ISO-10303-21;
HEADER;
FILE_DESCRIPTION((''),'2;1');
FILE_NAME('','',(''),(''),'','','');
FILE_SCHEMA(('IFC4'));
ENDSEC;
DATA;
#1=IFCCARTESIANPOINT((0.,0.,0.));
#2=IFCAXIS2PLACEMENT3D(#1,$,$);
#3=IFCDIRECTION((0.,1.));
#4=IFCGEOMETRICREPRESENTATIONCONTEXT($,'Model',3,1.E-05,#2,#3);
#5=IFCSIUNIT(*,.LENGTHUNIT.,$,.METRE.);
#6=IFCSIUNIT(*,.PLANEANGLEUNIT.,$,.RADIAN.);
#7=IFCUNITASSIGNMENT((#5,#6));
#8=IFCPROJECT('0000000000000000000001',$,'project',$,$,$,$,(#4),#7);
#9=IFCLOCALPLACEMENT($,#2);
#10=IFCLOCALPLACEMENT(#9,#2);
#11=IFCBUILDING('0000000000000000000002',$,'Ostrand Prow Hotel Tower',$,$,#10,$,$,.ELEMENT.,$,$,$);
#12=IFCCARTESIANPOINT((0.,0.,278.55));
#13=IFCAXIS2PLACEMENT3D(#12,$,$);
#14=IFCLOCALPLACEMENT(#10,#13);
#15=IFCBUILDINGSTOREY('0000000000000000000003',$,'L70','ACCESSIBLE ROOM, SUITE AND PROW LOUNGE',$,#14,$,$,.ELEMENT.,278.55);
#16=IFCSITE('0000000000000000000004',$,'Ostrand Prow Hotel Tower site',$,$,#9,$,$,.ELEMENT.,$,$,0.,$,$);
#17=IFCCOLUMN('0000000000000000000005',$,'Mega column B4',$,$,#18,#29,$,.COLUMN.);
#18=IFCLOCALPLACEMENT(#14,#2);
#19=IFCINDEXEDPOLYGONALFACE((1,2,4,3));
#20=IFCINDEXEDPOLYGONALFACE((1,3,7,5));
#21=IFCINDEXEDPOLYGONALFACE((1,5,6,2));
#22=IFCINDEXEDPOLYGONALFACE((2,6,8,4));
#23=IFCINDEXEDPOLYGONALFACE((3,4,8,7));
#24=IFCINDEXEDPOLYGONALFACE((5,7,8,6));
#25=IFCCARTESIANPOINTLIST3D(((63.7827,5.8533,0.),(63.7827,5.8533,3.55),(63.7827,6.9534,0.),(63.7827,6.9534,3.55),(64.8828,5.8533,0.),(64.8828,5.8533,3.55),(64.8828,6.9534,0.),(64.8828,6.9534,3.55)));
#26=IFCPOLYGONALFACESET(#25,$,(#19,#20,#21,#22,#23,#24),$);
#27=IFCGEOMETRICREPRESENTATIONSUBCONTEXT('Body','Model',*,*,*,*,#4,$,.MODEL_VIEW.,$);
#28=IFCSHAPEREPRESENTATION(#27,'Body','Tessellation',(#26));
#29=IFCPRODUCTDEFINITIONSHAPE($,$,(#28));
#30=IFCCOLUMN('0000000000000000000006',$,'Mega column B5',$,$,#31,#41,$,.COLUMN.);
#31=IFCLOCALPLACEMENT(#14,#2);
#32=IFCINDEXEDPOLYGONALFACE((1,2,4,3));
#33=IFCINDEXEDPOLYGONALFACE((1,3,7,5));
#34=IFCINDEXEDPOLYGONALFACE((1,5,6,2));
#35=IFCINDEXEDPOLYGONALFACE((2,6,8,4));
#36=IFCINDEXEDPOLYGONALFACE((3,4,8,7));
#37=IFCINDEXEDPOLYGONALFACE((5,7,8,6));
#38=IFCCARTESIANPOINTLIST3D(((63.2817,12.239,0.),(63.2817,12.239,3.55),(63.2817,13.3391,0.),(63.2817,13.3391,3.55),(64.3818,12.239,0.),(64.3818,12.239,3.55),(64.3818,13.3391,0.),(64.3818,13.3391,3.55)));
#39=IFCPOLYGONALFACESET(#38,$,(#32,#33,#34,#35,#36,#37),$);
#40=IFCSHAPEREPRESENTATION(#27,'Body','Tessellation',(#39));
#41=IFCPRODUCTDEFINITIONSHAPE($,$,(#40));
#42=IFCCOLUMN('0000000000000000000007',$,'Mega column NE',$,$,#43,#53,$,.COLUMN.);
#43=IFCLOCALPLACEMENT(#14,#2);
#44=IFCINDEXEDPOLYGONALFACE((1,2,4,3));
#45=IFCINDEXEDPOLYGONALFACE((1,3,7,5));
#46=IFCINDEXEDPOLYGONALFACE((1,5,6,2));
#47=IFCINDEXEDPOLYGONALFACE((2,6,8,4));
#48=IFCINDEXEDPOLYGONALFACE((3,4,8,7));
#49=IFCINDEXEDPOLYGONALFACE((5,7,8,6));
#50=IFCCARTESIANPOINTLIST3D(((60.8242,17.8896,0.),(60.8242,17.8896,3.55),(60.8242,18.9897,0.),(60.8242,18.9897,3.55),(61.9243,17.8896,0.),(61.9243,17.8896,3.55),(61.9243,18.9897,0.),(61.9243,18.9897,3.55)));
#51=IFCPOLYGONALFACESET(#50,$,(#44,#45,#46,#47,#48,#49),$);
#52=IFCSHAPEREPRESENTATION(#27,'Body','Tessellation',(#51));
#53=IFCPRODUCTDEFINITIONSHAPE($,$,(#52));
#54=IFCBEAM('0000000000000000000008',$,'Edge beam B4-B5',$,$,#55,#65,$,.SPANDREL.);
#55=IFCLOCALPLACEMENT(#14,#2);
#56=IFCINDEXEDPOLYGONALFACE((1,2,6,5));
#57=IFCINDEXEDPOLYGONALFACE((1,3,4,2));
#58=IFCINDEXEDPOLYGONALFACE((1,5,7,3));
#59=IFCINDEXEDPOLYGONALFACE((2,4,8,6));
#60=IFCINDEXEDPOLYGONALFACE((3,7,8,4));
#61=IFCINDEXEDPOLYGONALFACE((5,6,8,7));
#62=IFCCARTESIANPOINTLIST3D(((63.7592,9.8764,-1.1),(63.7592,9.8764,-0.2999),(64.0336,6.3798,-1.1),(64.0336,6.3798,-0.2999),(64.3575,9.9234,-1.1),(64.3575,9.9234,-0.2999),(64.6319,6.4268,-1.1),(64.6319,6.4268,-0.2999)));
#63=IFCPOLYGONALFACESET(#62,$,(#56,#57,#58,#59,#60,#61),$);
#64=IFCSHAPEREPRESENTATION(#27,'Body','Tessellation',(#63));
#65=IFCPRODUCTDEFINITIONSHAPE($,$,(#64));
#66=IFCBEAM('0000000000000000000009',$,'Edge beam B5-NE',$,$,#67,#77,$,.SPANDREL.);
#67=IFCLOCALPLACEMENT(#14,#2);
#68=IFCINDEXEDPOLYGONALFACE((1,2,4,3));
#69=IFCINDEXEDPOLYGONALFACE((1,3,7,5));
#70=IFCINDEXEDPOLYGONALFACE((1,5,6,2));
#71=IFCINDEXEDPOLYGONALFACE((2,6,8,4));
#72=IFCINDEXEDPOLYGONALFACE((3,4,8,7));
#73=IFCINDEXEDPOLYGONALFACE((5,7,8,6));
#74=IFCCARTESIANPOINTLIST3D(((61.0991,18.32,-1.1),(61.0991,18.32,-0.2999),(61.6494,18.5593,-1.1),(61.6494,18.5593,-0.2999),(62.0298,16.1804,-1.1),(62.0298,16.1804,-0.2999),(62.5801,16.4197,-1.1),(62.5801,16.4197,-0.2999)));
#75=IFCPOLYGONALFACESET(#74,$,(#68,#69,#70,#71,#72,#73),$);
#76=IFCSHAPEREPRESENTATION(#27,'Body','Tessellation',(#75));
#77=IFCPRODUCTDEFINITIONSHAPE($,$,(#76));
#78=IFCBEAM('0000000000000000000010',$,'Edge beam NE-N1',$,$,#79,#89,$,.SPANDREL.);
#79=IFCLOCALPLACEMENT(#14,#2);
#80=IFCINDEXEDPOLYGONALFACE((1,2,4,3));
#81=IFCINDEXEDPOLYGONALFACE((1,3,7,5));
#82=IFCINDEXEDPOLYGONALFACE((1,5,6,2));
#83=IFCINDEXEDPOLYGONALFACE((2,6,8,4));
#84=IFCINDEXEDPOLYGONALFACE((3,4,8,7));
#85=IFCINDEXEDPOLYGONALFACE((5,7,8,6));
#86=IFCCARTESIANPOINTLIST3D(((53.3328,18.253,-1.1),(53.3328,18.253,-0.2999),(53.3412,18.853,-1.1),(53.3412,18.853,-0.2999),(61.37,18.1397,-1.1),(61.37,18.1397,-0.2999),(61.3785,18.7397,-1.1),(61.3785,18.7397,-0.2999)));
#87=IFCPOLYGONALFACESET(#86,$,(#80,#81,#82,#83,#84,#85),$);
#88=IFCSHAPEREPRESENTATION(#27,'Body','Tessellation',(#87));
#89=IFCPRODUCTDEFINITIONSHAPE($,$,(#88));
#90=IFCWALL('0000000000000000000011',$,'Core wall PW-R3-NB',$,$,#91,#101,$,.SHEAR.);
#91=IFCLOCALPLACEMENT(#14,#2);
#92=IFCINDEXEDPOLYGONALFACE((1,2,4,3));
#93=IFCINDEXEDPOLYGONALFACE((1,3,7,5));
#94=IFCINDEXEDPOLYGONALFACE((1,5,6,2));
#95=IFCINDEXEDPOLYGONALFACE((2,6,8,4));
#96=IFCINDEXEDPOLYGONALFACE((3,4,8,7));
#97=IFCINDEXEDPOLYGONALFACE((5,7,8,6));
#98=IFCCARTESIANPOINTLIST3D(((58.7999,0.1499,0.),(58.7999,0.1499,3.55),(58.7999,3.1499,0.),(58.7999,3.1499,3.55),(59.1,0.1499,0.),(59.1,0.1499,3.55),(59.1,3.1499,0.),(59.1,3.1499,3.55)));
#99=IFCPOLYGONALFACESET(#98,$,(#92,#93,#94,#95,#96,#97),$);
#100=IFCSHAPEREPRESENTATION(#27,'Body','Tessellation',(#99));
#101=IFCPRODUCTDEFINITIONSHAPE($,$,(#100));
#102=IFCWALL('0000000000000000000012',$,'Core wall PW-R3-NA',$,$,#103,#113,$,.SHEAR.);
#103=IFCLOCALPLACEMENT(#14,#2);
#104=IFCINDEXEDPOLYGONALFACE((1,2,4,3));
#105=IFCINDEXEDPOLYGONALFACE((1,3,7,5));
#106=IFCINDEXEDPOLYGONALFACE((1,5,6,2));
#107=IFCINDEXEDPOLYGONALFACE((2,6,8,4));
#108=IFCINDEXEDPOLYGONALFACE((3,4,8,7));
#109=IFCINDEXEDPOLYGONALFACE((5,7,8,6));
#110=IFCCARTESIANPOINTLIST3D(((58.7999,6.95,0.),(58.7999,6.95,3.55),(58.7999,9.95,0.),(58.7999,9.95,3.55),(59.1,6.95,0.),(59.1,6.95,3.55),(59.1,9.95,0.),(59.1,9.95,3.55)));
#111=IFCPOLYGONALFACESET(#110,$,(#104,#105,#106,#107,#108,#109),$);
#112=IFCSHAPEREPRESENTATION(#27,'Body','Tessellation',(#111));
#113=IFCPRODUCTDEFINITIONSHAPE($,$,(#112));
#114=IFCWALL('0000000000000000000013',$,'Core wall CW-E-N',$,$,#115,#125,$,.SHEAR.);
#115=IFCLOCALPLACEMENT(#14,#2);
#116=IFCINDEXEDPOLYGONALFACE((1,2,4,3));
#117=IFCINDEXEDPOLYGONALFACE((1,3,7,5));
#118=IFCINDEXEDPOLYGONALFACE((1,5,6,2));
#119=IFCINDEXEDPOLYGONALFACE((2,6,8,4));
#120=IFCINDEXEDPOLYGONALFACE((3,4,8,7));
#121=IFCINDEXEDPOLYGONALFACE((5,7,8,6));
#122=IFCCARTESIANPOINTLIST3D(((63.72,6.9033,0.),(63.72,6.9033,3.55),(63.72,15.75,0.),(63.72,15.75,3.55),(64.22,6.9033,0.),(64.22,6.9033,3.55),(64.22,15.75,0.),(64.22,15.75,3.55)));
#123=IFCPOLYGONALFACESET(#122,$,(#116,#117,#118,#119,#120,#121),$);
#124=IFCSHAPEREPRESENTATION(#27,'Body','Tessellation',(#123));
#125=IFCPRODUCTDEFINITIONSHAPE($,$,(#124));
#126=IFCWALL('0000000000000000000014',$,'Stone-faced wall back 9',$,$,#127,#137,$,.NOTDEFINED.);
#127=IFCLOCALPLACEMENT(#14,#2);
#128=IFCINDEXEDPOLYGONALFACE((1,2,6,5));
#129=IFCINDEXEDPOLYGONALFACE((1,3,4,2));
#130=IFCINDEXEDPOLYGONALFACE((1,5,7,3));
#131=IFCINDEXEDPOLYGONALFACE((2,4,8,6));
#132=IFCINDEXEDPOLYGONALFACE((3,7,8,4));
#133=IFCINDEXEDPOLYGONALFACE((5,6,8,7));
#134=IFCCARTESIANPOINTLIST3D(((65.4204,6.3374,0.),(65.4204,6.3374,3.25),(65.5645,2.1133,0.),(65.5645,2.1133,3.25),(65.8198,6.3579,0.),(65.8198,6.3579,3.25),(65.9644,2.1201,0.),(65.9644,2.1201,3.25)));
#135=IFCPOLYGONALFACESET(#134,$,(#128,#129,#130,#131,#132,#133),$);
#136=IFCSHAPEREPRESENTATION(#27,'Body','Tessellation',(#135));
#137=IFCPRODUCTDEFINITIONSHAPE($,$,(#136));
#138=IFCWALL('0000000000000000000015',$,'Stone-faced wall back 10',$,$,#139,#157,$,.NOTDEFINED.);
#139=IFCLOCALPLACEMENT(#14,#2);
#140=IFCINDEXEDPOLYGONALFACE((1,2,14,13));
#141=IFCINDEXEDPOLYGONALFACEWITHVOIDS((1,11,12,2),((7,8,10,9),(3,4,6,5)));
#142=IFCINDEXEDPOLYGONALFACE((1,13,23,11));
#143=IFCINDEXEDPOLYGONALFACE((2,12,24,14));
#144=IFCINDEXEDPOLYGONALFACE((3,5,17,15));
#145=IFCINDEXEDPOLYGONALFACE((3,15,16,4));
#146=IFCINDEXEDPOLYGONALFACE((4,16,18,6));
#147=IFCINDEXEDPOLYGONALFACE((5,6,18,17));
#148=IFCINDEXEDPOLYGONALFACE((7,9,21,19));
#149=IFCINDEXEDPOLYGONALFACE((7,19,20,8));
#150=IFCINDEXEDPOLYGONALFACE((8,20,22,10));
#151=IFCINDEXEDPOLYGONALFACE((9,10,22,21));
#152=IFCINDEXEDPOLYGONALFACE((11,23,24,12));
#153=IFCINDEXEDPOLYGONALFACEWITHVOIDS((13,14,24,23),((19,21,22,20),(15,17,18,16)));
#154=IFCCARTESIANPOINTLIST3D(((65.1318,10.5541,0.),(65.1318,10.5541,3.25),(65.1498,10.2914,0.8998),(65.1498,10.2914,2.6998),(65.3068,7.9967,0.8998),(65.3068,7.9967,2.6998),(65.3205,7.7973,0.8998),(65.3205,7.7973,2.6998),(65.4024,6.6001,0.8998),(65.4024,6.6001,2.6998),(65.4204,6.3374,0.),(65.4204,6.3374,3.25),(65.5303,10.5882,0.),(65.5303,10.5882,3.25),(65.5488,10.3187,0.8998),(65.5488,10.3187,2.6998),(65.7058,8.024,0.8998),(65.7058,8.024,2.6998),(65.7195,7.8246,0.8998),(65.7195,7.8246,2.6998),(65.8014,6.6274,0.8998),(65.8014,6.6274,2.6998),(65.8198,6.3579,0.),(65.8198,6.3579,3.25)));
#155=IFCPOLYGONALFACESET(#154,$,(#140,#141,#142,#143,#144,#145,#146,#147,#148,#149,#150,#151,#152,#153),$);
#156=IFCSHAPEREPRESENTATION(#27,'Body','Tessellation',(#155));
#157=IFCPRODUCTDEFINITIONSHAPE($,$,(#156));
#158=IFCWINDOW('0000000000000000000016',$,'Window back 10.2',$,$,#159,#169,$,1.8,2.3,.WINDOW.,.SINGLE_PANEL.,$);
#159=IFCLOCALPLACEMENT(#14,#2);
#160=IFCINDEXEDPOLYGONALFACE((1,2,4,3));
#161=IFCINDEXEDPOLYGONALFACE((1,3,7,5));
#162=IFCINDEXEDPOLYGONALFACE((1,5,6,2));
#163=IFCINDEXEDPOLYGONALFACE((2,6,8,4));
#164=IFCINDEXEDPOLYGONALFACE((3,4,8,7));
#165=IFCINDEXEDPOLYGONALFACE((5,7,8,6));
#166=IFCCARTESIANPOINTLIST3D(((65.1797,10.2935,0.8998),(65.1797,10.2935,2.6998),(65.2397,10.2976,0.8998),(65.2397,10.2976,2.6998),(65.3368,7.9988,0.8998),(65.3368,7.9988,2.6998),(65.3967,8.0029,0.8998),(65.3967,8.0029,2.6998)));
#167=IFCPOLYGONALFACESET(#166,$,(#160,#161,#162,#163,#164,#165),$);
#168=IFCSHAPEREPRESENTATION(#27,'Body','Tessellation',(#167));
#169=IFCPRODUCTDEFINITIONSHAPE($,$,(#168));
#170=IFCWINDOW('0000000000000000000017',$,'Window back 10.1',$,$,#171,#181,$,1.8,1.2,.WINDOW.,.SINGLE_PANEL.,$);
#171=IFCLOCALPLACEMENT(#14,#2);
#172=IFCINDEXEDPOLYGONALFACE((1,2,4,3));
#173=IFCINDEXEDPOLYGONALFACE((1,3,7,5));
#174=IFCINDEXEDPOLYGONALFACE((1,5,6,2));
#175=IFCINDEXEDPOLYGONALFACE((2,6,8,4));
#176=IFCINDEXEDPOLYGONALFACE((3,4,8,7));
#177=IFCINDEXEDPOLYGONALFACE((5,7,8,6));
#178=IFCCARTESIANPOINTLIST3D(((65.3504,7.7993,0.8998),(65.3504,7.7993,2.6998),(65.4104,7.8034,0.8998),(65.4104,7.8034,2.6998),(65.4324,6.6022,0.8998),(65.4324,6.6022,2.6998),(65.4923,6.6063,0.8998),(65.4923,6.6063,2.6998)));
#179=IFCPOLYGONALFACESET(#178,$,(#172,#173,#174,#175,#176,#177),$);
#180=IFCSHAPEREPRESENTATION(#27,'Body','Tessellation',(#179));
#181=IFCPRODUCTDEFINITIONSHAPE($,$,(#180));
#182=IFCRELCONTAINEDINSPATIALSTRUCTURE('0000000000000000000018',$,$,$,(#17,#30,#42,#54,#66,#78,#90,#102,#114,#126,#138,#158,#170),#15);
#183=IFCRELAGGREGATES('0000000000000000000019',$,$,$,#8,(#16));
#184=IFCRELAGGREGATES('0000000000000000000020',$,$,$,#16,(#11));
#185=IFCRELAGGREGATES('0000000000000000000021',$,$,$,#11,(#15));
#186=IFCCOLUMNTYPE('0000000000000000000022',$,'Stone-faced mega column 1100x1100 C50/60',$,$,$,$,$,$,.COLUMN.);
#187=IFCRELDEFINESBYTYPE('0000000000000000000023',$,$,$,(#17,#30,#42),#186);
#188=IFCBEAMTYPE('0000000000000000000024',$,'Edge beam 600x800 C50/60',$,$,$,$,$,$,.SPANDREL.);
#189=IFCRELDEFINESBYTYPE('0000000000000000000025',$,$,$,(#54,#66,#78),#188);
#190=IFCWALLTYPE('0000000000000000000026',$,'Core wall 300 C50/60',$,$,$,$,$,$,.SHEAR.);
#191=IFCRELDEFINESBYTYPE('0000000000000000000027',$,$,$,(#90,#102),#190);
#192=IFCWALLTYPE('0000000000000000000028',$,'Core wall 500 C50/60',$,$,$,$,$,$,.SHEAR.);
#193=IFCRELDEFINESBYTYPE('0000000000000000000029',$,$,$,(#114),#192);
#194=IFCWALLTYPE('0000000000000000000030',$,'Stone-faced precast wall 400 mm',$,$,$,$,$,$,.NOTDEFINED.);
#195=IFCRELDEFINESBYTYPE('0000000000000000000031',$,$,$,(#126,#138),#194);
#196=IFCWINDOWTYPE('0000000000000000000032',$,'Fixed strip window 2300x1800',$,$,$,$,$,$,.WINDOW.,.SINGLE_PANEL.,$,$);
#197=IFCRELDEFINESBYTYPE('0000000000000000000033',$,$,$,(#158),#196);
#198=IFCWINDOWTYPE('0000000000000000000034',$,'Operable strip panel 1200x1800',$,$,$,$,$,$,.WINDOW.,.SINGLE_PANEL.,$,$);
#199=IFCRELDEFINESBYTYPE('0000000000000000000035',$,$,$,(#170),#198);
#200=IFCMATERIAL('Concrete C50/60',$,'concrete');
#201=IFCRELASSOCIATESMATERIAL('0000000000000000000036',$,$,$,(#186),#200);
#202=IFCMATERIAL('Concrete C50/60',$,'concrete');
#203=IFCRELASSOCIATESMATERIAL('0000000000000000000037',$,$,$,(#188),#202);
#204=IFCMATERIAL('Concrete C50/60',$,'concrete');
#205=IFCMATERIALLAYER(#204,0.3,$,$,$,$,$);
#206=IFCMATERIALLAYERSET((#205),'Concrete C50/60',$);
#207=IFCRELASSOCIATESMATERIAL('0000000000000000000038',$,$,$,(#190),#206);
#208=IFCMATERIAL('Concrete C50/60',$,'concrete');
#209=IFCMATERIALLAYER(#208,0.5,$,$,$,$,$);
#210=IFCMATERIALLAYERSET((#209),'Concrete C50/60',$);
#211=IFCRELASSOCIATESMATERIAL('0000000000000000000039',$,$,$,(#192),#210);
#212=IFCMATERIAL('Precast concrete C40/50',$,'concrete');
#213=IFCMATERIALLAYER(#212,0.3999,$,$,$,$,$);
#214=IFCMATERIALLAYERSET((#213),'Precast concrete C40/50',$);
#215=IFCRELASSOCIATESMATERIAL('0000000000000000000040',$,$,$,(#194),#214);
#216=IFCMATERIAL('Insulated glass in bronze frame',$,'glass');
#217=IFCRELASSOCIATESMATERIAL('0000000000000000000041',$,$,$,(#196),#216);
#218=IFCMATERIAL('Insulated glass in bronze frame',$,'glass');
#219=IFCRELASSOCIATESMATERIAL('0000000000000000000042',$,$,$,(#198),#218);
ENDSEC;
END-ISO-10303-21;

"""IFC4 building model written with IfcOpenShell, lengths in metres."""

from ifc_helpers import new_model, si_unit, direction, frame, frame_2d, origin, origin_2d, place, context, subcontext, project, spatial, polyline, rectangle, outline, extrude, material, layer, layer_set, material_profile, profile_set, type_object, element, fill, save


model = new_model("IFC4")

# Units and contexts
model_context = context("Model", 3, precision=1e-05, world=origin(), true_north=direction((0.0, 1.0)))
body_context = subcontext(model_context, "Body", "Model", "MODEL_VIEW")
ifc_project = project(units=[si_unit("LENGTHUNIT", "METRE"), si_unit("PLANEANGLEUNIT", "RADIAN")], contexts=[model_context])

# Site, building, storey
site_placement = place(None, origin())
site = spatial("IfcSite", under=ifc_project, at=site_placement, Name="Ostrand Prow Hotel Tower site", CompositionType="ELEMENT", RefElevation=0.0)
building_placement = place(site_placement, origin())
building = spatial("IfcBuilding", under=site, at=building_placement, Name="Ostrand Prow Hotel Tower", CompositionType="ELEMENT")
storey_placement = place(building_placement, frame((0.0, 0.0, 278.55)))
storey = spatial("IfcBuildingStorey", under=building, at=storey_placement, Name="L70", Description="ACCESSIBLE ROOM, SUITE AND PROW LOUNGE", CompositionType="ELEMENT", Elevation=278.55)

# Columns
ifc_material_1 = material(Name="Concrete C50/60", Category="concrete")
ifc_material_profile_1 = material_profile(ifc_material_1, rectangle(XDim=1.1001, YDim=1.1001, at=origin_2d()), Name="RC 1100x1100")
ifc_profile_set_1 = profile_set([ifc_material_profile_1], Name="Concrete C50/60")
column_type = type_object("IfcColumnType", Name="Stone-faced mega column 1100x1100 C50/60", PredefinedType="COLUMN", material=ifc_profile_set_1)
for number, where, z_axis, x_axis, name in (
    (1, (64.3328, 6.4033, 0.0), (0.0, 0.0, 1.0), (1.0, 0.0, 0.0), "Mega column B4"),
    (2, (63.8318, 12.7891, 0.0), (0.0, 0.0, 1.0), (1.0, 0.0, 0.0), "Mega column B5"),
    (3, (61.3743, 18.4397, 0.0), (0.0, 0.0, 1.0), (1.0, 0.0, 0.0), "Mega column NE"),
):
    element("IfcColumn", number, at=place(storey_placement, frame(where, z_axis=z_axis, x_axis=x_axis)), inside=storey, type_object=column_type, Name=name, PredefinedType="COLUMN", context=body_context, shape_type="SweptSolid", body=[
        extrude(rectangle(XDim=1.1001, YDim=1.1001, at=origin_2d()), origin(), (0.0, 0.0, 1.0), 3.55),
    ])

# Beams
ifc_material_2 = material(Name="Concrete C50/60", Category="concrete")
ifc_material_profile_2 = material_profile(ifc_material_2, rectangle(XDim=0.6001, YDim=0.8, at=origin_2d()), Name="RC 600x800")
ifc_profile_set_2 = profile_set([ifc_material_profile_2], Name="Concrete C50/60")
beam_type = type_object("IfcBeamType", Name="Edge beam 600x800 C50/60", PredefinedType="SPANDREL", material=ifc_profile_set_2)
beam_1_placement = place(storey_placement, frame((64.3328, 6.4033, -0.7), z_axis=(-0.07824, 0.996935, 0.0), x_axis=(-0.996935, -0.07824, 0.0)))
element("IfcBeam", 4, at=beam_1_placement, inside=storey, type_object=beam_type, Name="Edge beam B4-B5", PredefinedType="SPANDREL", context=body_context, shape_type="SweptSolid", body=[
    extrude(rectangle(XDim=0.6001, YDim=0.8, at=origin_2d()), origin(), (0.0, 0.0, 1.0), 3.5073),
])
beam_2_placement = place(storey_placement, frame((62.3049, 16.3, -0.7), z_axis=(-0.398864, 0.91701, 0.0), x_axis=(-0.91701, -0.398864, 0.0)))
element("IfcBeam", 5, at=beam_2_placement, inside=storey, type_object=beam_type, Name="Edge beam B5-NE", PredefinedType="SPANDREL", context=body_context, shape_type="SweptSolid", body=[
    extrude(rectangle(XDim=0.6001, YDim=0.8, at=origin_2d()), origin(), (0.0, 0.0, 1.0), 2.3333),
])
beam_3_placement = place(storey_placement, frame((61.3743, 18.4397, -0.7), z_axis=(-0.999901, 0.014093, 0.0), x_axis=(-0.014093, -0.999901, 0.0)))
element("IfcBeam", 6, at=beam_3_placement, inside=storey, type_object=beam_type, Name="Edge beam NE-N1", PredefinedType="SPANDREL", context=body_context, shape_type="SweptSolid", body=[
    extrude(rectangle(XDim=0.6001, YDim=0.8, at=origin_2d()), origin(), (0.0, 0.0, 1.0), 8.0381),
])

# Walls
ifc_material_3 = material(Name="Concrete C50/60", Category="concrete")
ifc_layer_1 = layer(ifc_material_3, 0.3)
ifc_layer_set_1 = layer_set([ifc_layer_1], Name="Concrete C50/60")
wall_type_1 = type_object("IfcWallType", Name="Core wall 300 C50/60", PredefinedType="SHEAR", material=ifc_layer_set_1)
for number, where, z_axis, x_axis, name in (
    (7, (58.95, 0.1499, 0.0), (0.0, 0.0, 1.0), (0.0, 1.0, 0.0), "Core wall PW-R3-NB"),
    (8, (58.95, 6.95, 0.0), (0.0, 0.0, 1.0), (0.0, 1.0, 0.0), "Core wall PW-R3-NA"),
):
    element("IfcWall", number, at=place(storey_placement, frame(where, z_axis=z_axis, x_axis=x_axis)), inside=storey, type_object=wall_type_1, Name=name, PredefinedType="SHEAR", context=body_context, shape_type="SweptSolid", body=[
        extrude(rectangle(XDim=3.0, YDim=0.3, at=frame_2d((1.5, 0.0))), origin(), (0.0, 0.0, 1.0), 3.55),
    ])
ifc_material_4 = material(Name="Concrete C50/60", Category="concrete")
ifc_layer_2 = layer(ifc_material_4, 0.5)
ifc_layer_set_2 = layer_set([ifc_layer_2], Name="Concrete C50/60")
wall_type_2 = type_object("IfcWallType", Name="Core wall 500 C50/60", PredefinedType="SHEAR", material=ifc_layer_set_2)
wall_1_placement = place(storey_placement, frame((63.97, 6.9033, 0.0), z_axis=(0.0, 0.0, 1.0), x_axis=(0.0, 1.0, 0.0)))
element("IfcWall", 9, at=wall_1_placement, inside=storey, type_object=wall_type_2, Name="Core wall CW-E-N", PredefinedType="SHEAR", context=body_context, shape_type="SweptSolid", body=[
    extrude(rectangle(XDim=8.8467, YDim=0.5, at=frame_2d((4.4233, 0.0))), origin(), (0.0, 0.0, 1.0), 3.55),
])
ifc_material_5 = material(Name="Precast concrete C40/50", Category="concrete")
ifc_layer_3 = layer(ifc_material_5, 0.3999)
ifc_layer_set_3 = layer_set([ifc_layer_3], Name="Precast concrete C40/50")
wall_type_3 = type_object("IfcWallType", Name="Stone-faced precast wall 400 mm", PredefinedType="NOTDEFINED", material=ifc_layer_set_3)
wall_2_placement = place(storey_placement, frame((65.7644, 2.1167, 0.0), z_axis=(0.0, 0.0, 1.0), x_axis=(-0.034083, 0.999419, 0.0)))
element("IfcWall", 10, at=wall_2_placement, inside=storey, type_object=wall_type_3, Name="Stone-faced wall back 9", PredefinedType="NOTDEFINED", context=body_context, shape_type="SweptSolid", body=[
    extrude(outline(polyline([(-0.0034, -0.2), (4.2368, -0.2), (4.23, 0.2), (0.0034, 0.2), (-0.0034, -0.2)])), origin(), (0.0, 0.0, 1.0), 3.25),
])

# Wall, openings, windows
wall_3_placement = place(storey_placement, frame((65.6201, 6.3477, 0.0), z_axis=(0.0, 0.0, 1.0), x_axis=(-0.06828, 0.997666, 0.0)))
wall_3 = element("IfcWall", 11, at=wall_3_placement, inside=storey, type_object=wall_type_3, Name="Stone-faced wall back 10", PredefinedType="NOTDEFINED", context=body_context, shape_type="SweptSolid", body=[
    extrude(outline(polyline([(-0.0034, -0.2), (4.2368, -0.2), (4.23, 0.2), (0.0034, 0.2), (-0.0034, -0.2)])), origin(), (0.0, 0.0, 1.0), 3.25),
])
opening_1_placement = place(wall_3_placement, frame((0.2666, 0.0, 0.8999)))
opening_1 = element("IfcOpeningElement", 12, at=opening_1_placement, cuts=wall_3, PredefinedType="OPENING", context=body_context, shape_type="SweptSolid", body=[
    extrude(rectangle(XDim=1.2, YDim=1.8, at=frame_2d((0.6001, 0.8999))), frame((0.0, 0.21, 0.0), z_axis=(0.0, -1.0, 0.0), x_axis=(1.0, 0.0, 0.0)), (0.0, 0.0, 1.0), 0.4199),
])
opening_2_placement = place(wall_3_placement, frame((1.6667, 0.0, 0.8999)))
opening_2 = element("IfcOpeningElement", 13, at=opening_2_placement, cuts=wall_3, PredefinedType="OPENING", context=body_context, shape_type="SweptSolid", body=[
    extrude(rectangle(XDim=2.3, YDim=1.8, at=frame_2d((1.1499, 0.8999))), frame((0.0, 0.21, 0.0), z_axis=(0.0, -1.0, 0.0), x_axis=(1.0, 0.0, 0.0)), (0.0, 0.0, 1.0), 0.4199),
])
ifc_material_6 = material(Name="Insulated glass in bronze frame", Category="glass")
window_type_1 = type_object("IfcWindowType", Name="Fixed strip window 2300x1800", PartitioningType="SINGLE_PANEL", PredefinedType="WINDOW", material=ifc_material_6)
window_1_placement = place(opening_2_placement, origin())
window_1 = element("IfcWindow", 14, at=window_1_placement, inside=storey, type_object=window_type_1, Name="Window back 10.2", OverallHeight=1.8, OverallWidth=2.3, PartitioningType="SINGLE_PANEL", PredefinedType="WINDOW", context=body_context, shape_type="SweptSolid", body=[
    extrude(rectangle(XDim=2.3, YDim=1.8, at=frame_2d((1.1499, 0.8999))), frame((0.0, 0.1699, 0.0), z_axis=(0.0, -1.0, 0.0), x_axis=(1.0, 0.0, 0.0)), (0.0, 0.0, 1.0), 0.0601),
])
fill(opening_2, window_1)
ifc_material_7 = material(Name="Insulated glass in bronze frame", Category="glass")
window_type_2 = type_object("IfcWindowType", Name="Operable strip panel 1200x1800", PartitioningType="SINGLE_PANEL", PredefinedType="WINDOW", material=ifc_material_7)
window_2_placement = place(opening_1_placement, origin())
window_2 = element("IfcWindow", 15, at=window_2_placement, inside=storey, type_object=window_type_2, Name="Window back 10.1", OverallHeight=1.8, OverallWidth=1.2, PartitioningType="SINGLE_PANEL", PredefinedType="WINDOW", context=body_context, shape_type="SweptSolid", body=[
    extrude(rectangle(XDim=1.2, YDim=1.8, at=frame_2d((0.6001, 0.8999))), frame((0.0, 0.1699, 0.0), z_axis=(0.0, -1.0, 0.0), x_axis=(1.0, 0.0, 0.0)), (0.0, 0.0, 1.0), 0.0601),
])
fill(opening_1, window_2)

save(model, "model.ifc")
